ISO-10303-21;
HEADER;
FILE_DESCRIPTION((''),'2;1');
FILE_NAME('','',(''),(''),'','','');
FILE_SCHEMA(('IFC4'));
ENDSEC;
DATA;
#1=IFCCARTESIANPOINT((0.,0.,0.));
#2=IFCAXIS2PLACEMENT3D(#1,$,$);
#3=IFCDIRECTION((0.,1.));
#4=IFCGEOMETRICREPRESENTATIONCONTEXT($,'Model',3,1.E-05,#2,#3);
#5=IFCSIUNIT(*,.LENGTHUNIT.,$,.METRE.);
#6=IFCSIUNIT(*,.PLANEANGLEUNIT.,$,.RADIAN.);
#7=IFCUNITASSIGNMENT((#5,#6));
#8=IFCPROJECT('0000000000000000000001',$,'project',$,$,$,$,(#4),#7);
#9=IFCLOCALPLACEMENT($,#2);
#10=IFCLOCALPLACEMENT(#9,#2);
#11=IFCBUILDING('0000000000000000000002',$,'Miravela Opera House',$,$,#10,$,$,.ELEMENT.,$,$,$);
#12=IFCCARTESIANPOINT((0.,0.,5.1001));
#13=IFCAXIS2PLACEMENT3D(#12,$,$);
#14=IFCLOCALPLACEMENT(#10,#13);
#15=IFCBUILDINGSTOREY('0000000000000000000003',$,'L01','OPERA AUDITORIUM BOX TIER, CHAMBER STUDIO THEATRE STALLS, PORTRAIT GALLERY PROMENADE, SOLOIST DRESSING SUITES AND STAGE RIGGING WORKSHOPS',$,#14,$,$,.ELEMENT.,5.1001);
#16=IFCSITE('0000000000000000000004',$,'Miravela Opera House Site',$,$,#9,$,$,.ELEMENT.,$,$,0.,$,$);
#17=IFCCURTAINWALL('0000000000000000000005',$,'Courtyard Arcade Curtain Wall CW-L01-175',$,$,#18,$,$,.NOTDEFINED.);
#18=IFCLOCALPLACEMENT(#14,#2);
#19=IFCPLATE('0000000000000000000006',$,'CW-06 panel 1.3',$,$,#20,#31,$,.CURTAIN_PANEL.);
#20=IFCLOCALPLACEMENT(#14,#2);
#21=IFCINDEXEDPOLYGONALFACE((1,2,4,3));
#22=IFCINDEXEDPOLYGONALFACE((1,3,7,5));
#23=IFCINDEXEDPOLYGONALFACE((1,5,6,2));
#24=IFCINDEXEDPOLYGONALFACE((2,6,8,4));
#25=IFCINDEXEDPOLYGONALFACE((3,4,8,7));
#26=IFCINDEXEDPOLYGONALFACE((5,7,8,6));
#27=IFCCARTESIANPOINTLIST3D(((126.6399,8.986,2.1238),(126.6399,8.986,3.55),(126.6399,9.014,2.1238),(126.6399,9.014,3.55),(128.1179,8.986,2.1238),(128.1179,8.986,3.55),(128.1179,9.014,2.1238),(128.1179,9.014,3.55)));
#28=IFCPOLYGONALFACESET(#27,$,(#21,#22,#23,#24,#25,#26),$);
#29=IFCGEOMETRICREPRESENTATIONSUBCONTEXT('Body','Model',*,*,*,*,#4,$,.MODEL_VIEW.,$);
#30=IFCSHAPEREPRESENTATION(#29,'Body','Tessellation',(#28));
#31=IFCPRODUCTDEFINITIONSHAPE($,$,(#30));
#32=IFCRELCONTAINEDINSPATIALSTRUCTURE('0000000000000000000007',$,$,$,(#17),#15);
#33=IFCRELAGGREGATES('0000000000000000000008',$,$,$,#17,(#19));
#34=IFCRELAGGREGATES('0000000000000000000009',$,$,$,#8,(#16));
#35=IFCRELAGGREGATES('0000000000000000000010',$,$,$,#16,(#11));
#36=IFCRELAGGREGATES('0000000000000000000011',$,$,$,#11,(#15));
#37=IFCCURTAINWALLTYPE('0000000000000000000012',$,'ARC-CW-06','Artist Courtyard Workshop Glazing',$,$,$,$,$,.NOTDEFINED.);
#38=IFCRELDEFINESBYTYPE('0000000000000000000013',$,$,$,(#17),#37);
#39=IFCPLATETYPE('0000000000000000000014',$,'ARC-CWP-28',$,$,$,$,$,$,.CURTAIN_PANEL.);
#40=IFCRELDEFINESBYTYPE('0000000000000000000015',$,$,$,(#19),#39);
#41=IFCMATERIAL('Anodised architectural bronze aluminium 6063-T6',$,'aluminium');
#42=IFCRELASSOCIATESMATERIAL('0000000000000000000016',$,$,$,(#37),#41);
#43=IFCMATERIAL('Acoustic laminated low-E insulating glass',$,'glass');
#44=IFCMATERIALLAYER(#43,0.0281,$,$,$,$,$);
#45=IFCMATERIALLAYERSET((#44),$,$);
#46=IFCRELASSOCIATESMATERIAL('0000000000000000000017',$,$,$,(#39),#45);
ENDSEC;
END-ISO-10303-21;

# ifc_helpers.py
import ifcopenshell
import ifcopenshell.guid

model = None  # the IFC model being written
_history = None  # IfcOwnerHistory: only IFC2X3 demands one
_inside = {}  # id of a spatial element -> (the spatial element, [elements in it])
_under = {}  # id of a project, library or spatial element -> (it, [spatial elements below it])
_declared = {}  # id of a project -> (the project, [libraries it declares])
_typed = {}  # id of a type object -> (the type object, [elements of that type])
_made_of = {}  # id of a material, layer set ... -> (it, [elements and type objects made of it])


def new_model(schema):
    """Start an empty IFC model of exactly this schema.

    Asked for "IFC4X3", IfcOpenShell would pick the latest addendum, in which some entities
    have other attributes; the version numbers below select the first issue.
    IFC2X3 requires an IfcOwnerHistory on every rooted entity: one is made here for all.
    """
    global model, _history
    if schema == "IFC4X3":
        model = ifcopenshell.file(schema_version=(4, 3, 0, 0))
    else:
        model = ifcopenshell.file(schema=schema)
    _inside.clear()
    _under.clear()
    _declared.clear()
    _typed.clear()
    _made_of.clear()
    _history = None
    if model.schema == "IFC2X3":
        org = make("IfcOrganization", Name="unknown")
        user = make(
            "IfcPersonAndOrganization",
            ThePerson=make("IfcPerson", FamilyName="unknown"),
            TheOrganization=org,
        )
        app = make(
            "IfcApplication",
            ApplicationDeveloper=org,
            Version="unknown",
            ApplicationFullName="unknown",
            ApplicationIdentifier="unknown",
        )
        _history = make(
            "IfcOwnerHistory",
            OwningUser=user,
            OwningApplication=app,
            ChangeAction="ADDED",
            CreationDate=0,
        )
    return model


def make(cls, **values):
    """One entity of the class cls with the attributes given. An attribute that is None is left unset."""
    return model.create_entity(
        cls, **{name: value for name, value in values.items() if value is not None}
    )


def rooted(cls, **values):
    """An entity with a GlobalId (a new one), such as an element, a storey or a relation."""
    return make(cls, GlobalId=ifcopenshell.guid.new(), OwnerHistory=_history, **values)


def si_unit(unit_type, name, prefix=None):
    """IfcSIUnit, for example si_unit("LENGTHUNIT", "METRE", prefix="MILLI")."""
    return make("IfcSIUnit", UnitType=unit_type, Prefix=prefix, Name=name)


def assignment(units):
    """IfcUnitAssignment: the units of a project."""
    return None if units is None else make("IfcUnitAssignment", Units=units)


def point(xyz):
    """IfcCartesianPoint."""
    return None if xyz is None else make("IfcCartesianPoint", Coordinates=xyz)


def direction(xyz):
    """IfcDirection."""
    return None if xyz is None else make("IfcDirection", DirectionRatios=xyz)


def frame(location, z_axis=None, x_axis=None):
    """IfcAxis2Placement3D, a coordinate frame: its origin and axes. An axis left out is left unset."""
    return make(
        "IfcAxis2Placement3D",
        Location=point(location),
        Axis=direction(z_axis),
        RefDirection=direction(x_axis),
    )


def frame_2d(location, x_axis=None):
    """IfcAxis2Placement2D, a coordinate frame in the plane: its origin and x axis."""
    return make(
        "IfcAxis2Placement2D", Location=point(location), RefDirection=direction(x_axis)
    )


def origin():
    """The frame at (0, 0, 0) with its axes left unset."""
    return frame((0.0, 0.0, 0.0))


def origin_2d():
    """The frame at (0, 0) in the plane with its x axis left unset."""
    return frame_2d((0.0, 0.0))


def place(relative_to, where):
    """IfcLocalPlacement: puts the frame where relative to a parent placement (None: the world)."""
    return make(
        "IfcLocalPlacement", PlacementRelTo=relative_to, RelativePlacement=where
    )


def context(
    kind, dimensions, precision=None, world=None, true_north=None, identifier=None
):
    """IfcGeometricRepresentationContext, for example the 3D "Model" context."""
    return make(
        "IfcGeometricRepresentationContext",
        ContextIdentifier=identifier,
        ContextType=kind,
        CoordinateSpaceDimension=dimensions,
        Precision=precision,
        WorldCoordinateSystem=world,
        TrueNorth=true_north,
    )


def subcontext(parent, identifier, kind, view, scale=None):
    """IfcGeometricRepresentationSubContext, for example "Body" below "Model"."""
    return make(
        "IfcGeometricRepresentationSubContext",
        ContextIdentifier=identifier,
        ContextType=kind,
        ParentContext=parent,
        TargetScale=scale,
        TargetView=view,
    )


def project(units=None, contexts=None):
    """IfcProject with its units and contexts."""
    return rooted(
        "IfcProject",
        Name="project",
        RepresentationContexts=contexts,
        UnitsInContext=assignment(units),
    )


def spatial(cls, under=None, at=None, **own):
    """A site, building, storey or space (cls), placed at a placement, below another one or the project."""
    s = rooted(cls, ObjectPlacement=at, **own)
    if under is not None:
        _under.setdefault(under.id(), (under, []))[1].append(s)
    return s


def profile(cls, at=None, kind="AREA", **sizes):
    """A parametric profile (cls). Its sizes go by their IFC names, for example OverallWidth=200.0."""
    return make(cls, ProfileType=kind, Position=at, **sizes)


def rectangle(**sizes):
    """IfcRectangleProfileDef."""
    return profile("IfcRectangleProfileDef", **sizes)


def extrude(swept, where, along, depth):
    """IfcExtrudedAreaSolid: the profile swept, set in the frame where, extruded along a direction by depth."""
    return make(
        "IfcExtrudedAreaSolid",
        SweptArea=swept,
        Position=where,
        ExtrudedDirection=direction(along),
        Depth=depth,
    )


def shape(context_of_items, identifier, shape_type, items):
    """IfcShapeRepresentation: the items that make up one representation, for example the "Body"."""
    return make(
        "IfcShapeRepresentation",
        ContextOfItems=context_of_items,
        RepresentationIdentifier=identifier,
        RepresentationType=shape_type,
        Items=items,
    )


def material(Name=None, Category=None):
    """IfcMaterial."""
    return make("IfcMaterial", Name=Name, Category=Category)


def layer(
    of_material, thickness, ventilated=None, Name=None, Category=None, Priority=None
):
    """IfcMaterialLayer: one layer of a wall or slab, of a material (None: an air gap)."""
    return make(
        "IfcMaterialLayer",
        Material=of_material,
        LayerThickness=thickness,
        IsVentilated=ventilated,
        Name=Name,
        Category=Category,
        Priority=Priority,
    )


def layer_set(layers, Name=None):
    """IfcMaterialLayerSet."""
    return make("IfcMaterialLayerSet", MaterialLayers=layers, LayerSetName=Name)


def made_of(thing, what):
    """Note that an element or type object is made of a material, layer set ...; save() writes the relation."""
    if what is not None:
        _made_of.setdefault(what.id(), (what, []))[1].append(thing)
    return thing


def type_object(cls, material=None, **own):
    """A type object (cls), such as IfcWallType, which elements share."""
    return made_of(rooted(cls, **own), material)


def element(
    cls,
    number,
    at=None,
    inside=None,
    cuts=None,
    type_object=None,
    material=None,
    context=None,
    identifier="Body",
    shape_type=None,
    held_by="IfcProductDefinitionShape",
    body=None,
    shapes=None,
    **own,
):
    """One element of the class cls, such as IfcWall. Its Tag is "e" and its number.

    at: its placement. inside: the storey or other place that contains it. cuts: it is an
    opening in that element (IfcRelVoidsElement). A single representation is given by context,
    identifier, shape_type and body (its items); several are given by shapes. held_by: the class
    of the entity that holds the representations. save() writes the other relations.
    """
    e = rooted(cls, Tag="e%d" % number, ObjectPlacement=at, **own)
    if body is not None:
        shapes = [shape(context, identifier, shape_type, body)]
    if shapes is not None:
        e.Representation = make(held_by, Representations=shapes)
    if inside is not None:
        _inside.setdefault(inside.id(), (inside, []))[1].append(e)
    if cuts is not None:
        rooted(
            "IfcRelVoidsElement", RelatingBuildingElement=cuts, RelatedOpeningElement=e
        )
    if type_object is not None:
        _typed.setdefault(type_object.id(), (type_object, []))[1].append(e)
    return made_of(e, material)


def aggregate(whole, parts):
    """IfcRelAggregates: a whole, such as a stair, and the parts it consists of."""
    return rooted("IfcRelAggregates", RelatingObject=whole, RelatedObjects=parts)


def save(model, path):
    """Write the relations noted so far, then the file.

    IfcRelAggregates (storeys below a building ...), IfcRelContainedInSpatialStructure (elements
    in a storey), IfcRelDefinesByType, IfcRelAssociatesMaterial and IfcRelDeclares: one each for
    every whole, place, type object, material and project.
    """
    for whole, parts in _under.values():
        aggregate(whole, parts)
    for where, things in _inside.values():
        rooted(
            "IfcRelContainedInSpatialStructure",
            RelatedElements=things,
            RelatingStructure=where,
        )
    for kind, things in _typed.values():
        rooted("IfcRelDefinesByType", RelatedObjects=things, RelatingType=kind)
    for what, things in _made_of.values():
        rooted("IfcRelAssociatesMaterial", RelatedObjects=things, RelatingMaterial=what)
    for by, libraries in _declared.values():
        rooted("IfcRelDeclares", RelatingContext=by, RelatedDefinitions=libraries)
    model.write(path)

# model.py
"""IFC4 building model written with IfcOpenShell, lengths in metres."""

from ifc_helpers import new_model, si_unit, direction, frame, origin, origin_2d, place, context, subcontext, project, spatial, rectangle, extrude, material, layer, layer_set, type_object, element, aggregate, save


model = new_model("IFC4")

# Units and contexts
model_context = context("Model", 3, precision=1e-05, world=origin(), true_north=direction((0.0, 1.0)))
body_context = subcontext(model_context, "Body", "Model", "MODEL_VIEW")
ifc_project = project(units=[si_unit("LENGTHUNIT", "METRE"), si_unit("PLANEANGLEUNIT", "RADIAN")], contexts=[model_context])

# Site, building, storey
site_placement = place(None, origin())
site = spatial("IfcSite", under=ifc_project, at=site_placement, Name="Miravela Opera House Site", CompositionType="ELEMENT", RefElevation=0.0)
building_placement = place(site_placement, origin())
building = spatial("IfcBuilding", under=site, at=building_placement, Name="Miravela Opera House", CompositionType="ELEMENT")
storey_placement = place(building_placement, frame((0.0, 0.0, 5.1001)))
storey = spatial("IfcBuildingStorey", under=building, at=storey_placement, Name="L01", Description="OPERA AUDITORIUM BOX TIER, CHAMBER STUDIO THEATRE STALLS, PORTRAIT GALLERY PROMENADE, SOLOIST DRESSING SUITES AND STAGE RIGGING WORKSHOPS", CompositionType="ELEMENT", Elevation=5.1001)

# Shared definitions
ifc_material_1 = material(Name="Anodised architectural bronze aluminium 6063-T6", Category="aluminium")
curtain_wall_type = type_object("IfcCurtainWallType", Name="ARC-CW-06", Description="Artist Courtyard Workshop Glazing", PredefinedType="NOTDEFINED", material=ifc_material_1)

# Curtain wall
curtain_wall_1_placement = place(storey_placement, origin())
curtain_wall_1 = element("IfcCurtainWall", 1, at=curtain_wall_1_placement, inside=storey, type_object=curtain_wall_type, Name="Courtyard Arcade Curtain Wall CW-L01-175", PredefinedType="NOTDEFINED")

# Plate
ifc_material_2 = material(Name="Acoustic laminated low-E insulating glass", Category="glass")
ifc_layer = layer(ifc_material_2, 0.0281)
ifc_layer_set = layer_set([ifc_layer])
plate_type = type_object("IfcPlateType", Name="ARC-CWP-28", PredefinedType="CURTAIN_PANEL", material=ifc_layer_set)
plate_1_placement = place(storey_placement, frame((127.3789, 9.0, 2.1238), z_axis=(0.0, 0.0, 1.0), x_axis=(1.0, 0.0, 0.0)))
plate_1 = element("IfcPlate", 2, at=plate_1_placement, type_object=plate_type, Name="CW-06 panel 1.3", PredefinedType="CURTAIN_PANEL", context=body_context, shape_type="SweptSolid", body=[
    extrude(rectangle(XDim=1.478, YDim=0.0281, at=origin_2d()), origin(), (0.0, 0.0, 1.0), 1.4263),
])
aggregate(curtain_wall_1, [plate_1])

save(model, "model.ifc")
